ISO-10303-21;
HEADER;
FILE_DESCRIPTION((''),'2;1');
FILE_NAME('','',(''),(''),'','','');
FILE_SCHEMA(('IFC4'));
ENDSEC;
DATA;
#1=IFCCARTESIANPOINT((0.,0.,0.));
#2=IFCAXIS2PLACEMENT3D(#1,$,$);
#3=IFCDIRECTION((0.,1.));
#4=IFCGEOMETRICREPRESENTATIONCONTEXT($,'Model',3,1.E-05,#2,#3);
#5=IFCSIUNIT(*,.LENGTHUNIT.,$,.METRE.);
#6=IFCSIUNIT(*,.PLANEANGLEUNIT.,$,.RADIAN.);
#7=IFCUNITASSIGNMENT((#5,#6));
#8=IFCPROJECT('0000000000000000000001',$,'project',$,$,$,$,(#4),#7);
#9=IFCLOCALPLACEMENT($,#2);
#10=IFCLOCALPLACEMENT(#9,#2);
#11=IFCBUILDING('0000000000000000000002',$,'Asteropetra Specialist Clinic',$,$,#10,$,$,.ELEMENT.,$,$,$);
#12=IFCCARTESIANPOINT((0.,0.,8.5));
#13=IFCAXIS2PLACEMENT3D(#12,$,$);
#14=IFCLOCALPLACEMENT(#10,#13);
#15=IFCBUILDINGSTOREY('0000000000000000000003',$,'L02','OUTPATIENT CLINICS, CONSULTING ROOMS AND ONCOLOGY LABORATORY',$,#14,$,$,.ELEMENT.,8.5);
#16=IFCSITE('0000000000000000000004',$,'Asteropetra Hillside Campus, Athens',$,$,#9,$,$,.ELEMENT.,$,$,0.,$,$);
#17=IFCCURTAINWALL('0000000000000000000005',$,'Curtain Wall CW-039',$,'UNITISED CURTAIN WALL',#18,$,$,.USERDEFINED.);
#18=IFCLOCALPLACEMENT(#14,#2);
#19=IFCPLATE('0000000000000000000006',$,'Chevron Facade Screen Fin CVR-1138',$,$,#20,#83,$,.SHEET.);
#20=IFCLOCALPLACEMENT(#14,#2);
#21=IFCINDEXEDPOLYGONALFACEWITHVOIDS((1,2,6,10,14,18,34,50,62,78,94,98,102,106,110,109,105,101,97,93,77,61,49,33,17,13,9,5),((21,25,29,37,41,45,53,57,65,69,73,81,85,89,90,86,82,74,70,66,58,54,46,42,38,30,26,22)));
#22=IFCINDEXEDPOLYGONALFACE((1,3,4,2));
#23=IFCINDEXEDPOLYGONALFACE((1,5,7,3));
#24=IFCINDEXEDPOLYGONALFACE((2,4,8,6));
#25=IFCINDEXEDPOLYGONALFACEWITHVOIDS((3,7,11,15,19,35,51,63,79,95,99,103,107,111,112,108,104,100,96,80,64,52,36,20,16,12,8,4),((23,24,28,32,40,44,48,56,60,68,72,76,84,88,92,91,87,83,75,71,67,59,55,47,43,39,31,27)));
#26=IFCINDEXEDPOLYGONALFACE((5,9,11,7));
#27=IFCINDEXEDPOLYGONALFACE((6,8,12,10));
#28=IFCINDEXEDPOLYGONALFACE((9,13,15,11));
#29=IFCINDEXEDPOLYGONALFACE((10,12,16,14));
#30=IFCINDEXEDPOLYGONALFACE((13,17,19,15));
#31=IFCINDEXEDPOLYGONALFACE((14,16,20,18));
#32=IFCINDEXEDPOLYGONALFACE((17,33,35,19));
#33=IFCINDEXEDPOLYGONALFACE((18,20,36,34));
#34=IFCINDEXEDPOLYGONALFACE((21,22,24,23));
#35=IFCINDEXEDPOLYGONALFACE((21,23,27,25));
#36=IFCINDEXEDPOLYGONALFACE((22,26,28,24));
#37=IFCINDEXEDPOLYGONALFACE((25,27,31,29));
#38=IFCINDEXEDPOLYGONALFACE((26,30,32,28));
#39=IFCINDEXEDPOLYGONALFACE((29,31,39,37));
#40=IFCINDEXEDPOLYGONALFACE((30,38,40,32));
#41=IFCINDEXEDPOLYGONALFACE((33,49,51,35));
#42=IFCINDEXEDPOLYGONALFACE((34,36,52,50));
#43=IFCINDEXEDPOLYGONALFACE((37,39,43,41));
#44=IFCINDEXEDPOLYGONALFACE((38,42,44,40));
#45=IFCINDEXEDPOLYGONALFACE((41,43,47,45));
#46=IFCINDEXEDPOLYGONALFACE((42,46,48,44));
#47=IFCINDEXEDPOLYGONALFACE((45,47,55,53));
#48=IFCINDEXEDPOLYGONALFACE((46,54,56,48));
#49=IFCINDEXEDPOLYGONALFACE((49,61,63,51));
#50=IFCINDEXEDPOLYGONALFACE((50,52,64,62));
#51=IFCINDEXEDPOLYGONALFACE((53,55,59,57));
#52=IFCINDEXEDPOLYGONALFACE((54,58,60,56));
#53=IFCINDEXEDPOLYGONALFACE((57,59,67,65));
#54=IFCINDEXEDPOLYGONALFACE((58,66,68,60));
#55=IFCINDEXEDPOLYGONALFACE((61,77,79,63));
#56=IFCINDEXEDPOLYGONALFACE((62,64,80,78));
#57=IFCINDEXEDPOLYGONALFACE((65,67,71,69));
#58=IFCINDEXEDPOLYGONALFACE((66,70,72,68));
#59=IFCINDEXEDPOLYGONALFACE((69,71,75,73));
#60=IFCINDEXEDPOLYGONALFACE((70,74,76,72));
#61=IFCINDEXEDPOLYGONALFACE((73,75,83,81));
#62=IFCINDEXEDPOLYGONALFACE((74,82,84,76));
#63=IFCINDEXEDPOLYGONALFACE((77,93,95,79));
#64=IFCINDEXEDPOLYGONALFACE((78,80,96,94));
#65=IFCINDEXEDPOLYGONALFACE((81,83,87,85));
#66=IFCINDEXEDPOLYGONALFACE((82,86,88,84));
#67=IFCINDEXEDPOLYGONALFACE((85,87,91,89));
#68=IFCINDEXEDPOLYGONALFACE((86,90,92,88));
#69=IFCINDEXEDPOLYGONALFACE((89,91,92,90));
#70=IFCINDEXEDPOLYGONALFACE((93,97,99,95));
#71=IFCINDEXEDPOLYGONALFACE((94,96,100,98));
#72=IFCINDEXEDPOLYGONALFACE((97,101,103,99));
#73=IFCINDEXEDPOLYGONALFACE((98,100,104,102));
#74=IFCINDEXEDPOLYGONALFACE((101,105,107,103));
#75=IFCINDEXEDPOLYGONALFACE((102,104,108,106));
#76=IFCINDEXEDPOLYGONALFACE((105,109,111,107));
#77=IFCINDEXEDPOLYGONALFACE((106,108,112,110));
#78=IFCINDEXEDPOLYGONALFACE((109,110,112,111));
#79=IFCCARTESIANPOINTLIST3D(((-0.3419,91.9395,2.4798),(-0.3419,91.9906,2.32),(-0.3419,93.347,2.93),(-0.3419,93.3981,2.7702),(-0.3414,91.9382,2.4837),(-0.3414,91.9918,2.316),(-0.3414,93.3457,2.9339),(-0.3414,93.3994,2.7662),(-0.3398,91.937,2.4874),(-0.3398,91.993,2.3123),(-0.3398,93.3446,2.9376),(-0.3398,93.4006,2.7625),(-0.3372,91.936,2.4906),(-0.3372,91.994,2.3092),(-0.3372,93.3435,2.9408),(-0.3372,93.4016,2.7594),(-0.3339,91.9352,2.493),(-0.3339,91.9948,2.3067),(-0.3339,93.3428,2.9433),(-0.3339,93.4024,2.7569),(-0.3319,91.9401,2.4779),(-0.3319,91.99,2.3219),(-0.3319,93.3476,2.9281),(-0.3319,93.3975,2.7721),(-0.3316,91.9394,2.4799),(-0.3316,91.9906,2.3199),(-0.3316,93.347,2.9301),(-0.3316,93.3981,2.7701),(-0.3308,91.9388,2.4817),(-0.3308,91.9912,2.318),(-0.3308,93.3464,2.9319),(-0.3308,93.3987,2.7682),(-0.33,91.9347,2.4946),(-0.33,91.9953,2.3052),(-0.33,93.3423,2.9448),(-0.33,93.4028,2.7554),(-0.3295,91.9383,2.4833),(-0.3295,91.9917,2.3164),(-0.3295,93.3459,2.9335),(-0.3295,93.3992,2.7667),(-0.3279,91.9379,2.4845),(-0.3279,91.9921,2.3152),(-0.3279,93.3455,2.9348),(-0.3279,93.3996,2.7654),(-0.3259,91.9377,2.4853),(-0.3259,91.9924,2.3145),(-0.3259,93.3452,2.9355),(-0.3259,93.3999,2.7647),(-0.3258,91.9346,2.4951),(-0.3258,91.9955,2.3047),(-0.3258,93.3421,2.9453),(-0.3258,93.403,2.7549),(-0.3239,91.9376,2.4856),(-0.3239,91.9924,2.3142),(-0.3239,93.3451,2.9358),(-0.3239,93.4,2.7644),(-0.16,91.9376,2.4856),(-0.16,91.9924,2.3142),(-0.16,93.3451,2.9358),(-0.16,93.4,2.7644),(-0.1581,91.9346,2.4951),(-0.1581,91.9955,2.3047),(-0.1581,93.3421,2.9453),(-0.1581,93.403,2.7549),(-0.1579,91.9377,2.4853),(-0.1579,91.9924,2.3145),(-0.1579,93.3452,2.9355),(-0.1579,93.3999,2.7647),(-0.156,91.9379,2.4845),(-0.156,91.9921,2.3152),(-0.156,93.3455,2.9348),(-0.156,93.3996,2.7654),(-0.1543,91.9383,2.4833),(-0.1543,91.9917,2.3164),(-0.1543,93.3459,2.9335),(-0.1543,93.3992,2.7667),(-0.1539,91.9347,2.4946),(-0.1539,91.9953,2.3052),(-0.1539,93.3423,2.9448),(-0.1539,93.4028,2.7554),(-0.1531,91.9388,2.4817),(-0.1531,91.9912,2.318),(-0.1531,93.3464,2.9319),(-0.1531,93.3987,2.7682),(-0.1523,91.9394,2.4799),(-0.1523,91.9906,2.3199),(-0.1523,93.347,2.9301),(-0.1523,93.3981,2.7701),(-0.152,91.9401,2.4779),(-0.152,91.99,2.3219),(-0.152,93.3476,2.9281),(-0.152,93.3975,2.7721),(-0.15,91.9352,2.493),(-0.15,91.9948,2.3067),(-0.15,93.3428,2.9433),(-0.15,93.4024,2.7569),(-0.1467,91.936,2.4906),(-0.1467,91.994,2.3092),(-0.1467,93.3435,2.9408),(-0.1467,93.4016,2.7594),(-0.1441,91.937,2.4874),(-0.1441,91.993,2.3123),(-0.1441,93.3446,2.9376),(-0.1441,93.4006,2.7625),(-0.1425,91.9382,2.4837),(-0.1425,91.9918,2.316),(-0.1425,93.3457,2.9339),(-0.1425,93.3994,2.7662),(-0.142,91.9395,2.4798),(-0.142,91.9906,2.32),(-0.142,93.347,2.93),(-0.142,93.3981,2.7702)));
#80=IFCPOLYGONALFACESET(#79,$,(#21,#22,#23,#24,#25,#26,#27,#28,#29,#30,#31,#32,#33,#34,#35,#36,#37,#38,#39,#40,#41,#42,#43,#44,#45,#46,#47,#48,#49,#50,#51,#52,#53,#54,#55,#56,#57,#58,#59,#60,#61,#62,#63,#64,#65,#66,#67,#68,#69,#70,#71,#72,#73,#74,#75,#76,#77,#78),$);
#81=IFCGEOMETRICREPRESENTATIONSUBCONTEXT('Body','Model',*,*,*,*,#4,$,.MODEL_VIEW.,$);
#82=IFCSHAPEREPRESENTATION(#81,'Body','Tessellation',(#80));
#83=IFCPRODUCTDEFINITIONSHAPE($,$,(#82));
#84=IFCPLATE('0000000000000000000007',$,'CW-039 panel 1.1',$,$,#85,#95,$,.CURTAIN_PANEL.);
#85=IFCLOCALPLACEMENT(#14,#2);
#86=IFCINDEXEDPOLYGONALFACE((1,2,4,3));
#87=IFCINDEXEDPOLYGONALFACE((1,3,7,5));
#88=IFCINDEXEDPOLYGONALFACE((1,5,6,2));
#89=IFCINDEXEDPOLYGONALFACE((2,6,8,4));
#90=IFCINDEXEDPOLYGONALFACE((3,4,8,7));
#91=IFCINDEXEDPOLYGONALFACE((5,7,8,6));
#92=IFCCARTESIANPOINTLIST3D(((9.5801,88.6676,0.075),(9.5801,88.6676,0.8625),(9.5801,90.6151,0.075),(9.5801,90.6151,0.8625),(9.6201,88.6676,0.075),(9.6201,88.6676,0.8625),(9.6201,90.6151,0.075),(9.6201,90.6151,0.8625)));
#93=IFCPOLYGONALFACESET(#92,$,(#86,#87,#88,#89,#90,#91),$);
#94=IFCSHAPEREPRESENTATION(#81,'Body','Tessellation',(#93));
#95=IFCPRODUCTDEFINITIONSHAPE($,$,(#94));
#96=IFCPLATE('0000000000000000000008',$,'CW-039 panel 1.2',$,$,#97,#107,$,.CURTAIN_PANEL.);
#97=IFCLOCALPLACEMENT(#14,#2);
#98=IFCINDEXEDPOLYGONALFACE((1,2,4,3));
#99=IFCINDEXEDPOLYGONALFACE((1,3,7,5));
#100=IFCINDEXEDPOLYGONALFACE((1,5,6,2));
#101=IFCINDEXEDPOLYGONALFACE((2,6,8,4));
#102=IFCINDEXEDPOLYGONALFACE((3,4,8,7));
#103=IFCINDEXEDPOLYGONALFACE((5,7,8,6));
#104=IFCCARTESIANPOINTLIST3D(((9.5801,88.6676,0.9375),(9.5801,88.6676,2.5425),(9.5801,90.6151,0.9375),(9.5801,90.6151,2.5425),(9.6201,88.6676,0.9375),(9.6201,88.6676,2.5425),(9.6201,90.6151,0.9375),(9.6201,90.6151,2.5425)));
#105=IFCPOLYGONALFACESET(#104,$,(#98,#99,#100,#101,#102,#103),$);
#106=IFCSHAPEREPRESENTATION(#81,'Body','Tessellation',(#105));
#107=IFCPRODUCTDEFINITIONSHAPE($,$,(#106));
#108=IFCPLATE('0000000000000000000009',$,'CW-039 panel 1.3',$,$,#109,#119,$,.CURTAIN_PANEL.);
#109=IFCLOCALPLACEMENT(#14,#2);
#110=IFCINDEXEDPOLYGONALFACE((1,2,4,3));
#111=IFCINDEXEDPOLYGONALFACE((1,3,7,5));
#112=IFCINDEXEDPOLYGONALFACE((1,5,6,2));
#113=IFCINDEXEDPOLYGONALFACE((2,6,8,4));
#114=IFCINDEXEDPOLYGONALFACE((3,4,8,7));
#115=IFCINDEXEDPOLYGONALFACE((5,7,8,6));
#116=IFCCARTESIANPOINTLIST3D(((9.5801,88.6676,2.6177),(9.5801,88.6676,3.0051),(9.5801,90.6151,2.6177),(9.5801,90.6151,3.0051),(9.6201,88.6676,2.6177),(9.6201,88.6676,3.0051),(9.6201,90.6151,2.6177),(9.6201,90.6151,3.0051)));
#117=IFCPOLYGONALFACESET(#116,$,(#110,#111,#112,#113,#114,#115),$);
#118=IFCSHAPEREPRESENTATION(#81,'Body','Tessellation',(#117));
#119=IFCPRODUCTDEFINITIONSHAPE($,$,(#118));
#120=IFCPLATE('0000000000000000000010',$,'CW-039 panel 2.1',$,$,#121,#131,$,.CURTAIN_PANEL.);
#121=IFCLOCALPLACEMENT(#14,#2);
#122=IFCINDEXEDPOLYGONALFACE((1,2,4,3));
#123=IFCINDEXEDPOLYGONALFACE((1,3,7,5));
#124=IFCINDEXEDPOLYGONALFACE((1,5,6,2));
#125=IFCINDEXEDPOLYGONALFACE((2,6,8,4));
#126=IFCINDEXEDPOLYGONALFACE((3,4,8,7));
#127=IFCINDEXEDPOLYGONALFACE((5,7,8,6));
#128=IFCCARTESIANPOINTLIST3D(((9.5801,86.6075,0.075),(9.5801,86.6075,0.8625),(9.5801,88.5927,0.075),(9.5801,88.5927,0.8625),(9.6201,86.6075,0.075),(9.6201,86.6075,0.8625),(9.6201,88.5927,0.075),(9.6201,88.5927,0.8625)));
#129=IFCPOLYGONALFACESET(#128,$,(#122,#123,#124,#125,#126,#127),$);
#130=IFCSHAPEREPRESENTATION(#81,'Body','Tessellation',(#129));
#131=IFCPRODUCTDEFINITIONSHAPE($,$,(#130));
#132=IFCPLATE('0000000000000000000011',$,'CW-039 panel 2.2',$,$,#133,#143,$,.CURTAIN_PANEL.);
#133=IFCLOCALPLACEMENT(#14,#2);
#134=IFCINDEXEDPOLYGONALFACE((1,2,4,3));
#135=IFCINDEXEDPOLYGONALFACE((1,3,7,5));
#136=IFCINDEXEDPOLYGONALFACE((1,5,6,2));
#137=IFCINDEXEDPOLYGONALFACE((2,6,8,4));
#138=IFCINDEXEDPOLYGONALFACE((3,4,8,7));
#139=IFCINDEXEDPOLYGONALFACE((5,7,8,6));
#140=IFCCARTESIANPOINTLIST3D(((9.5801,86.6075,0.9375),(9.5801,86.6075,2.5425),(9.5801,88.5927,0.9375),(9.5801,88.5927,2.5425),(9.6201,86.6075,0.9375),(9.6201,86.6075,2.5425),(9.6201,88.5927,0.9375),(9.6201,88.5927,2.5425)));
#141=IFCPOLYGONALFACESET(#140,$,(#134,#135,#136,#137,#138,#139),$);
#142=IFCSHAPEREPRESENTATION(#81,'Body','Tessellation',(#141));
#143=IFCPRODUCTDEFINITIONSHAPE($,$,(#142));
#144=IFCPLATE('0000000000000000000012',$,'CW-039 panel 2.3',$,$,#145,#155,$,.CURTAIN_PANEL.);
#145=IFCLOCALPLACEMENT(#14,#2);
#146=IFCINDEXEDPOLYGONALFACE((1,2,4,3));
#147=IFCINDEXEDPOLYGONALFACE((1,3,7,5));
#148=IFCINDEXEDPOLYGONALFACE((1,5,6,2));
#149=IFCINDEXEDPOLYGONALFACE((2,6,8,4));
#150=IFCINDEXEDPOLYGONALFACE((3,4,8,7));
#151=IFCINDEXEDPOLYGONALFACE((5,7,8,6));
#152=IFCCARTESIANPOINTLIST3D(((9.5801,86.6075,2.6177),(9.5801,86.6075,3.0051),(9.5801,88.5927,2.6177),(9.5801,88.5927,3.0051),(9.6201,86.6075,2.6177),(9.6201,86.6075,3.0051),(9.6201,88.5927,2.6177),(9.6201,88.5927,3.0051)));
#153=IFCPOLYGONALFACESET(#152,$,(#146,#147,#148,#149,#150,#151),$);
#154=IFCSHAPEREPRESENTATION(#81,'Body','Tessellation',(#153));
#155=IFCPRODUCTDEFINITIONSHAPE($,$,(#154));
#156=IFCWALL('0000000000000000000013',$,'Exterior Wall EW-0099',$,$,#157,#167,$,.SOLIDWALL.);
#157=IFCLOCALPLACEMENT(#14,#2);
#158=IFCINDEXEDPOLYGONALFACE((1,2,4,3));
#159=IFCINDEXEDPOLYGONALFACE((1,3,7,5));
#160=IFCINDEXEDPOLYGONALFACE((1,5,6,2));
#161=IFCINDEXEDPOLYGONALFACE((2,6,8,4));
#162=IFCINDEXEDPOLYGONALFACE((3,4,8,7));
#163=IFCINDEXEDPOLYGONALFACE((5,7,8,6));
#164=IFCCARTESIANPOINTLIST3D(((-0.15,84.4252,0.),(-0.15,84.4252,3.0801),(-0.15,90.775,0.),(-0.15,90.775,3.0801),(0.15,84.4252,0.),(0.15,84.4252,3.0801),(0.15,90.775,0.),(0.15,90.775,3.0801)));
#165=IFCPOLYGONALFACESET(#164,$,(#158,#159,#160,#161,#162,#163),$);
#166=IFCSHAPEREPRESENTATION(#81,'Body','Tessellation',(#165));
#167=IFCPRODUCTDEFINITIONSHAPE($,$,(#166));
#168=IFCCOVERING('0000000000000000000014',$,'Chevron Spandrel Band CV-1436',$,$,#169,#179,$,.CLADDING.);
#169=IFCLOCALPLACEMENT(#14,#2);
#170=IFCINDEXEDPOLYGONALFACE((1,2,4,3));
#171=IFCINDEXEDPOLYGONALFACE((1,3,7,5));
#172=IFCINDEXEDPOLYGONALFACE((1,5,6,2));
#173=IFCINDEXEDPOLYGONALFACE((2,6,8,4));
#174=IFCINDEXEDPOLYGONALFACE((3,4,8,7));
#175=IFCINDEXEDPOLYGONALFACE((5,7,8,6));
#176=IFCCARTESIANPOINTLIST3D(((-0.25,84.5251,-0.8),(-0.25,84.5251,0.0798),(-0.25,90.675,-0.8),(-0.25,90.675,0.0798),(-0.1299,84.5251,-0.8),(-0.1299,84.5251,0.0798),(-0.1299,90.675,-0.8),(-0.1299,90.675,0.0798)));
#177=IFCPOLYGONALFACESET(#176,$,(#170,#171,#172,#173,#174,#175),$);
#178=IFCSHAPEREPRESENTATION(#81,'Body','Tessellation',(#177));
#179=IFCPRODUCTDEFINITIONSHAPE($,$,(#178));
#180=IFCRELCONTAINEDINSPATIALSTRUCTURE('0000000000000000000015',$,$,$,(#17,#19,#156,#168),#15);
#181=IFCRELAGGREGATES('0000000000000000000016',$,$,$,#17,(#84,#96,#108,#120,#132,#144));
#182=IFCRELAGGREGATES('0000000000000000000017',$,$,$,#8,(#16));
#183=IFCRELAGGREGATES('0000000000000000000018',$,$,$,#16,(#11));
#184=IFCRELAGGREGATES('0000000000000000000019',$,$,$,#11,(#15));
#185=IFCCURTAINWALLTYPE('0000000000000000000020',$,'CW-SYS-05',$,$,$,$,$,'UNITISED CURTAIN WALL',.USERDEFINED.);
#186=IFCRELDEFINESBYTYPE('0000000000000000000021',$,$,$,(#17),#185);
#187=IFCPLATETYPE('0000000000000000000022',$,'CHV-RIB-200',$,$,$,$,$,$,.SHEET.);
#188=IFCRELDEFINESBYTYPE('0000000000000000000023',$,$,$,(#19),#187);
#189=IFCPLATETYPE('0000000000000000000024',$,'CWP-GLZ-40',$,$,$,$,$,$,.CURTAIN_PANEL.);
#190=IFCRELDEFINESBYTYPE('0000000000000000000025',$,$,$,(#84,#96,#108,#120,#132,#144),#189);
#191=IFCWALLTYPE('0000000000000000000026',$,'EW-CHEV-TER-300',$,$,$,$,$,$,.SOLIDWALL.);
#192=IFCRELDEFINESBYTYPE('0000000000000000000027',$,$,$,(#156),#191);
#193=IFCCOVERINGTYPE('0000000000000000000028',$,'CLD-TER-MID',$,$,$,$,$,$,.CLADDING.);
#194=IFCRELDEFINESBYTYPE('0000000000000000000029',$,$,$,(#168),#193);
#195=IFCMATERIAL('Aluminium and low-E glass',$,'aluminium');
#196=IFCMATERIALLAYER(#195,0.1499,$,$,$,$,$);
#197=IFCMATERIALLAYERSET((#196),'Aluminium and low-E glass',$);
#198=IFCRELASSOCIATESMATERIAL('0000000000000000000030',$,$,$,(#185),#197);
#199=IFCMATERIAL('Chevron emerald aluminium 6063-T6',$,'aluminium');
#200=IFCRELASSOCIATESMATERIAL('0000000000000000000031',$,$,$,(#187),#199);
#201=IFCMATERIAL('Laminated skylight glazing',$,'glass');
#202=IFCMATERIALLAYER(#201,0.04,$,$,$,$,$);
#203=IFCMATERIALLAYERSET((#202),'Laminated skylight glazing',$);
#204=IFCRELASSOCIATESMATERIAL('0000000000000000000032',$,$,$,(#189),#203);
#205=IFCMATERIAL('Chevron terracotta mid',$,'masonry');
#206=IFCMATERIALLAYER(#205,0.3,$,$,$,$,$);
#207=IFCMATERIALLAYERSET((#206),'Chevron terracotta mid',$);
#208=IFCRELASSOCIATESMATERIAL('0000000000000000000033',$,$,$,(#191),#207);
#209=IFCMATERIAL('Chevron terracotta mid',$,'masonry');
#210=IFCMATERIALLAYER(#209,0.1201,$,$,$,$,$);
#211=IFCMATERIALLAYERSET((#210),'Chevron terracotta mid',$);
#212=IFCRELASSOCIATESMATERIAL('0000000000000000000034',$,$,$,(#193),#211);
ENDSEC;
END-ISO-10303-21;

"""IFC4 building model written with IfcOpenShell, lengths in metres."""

from ifc_helpers import new_model, si_unit, direction, frame, frame_2d, origin, origin_2d, place, context, subcontext, project, spatial, rectangle, hollow_rectangle, extrude, material, layer, layer_set, material_profile, profile_set, type_object, element, aggregate, save


model = new_model("IFC4")

# Units and contexts
model_context = context("Model", 3, precision=1e-05, world=origin(), true_north=direction((0.0, 1.0)))
body_context = subcontext(model_context, "Body", "Model", "MODEL_VIEW")
ifc_project = project(units=[si_unit("LENGTHUNIT", "METRE"), si_unit("PLANEANGLEUNIT", "RADIAN")], contexts=[model_context])

# Site, building, storey
site_placement = place(None, origin())
site = spatial("IfcSite", under=ifc_project, at=site_placement, Name="Asteropetra Hillside Campus, Athens", CompositionType="ELEMENT", RefElevation=0.0)
building_placement = place(site_placement, origin())
building = spatial("IfcBuilding", under=site, at=building_placement, Name="Asteropetra Specialist Clinic", CompositionType="ELEMENT")
storey_placement = place(building_placement, frame((0.0, 0.0, 8.5)))
storey = spatial("IfcBuildingStorey", under=building, at=storey_placement, Name="L02", Description="OUTPATIENT CLINICS, CONSULTING ROOMS AND ONCOLOGY LABORATORY", CompositionType="ELEMENT", Elevation=8.5)

# Curtain wall
ifc_material_1 = material(Name="Aluminium and low-E glass", Category="aluminium")
ifc_layer_1 = layer(ifc_material_1, 0.1499)
ifc_layer_set_1 = layer_set([ifc_layer_1], Name="Aluminium and low-E glass")
curtain_wall_type = type_object("IfcCurtainWallType", Name="CW-SYS-05", ElementType="UNITISED CURTAIN WALL", PredefinedType="USERDEFINED", material=ifc_layer_set_1)
curtain_wall_placement = place(storey_placement, origin())
curtain_wall = element("IfcCurtainWall", 1, at=curtain_wall_placement, inside=storey, type_object=curtain_wall_type, Name="Curtain Wall CW-039", ObjectType="UNITISED CURTAIN WALL", PredefinedType="USERDEFINED")

# Plate
ifc_material_2 = material(Name="Chevron emerald aluminium 6063-T6", Category="aluminium")
ifc_material_profile_1 = material_profile(ifc_material_2, hollow_rectangle(XDim=0.2, YDim=0.2, WallThickness=0.01, InnerFilletRadius=0.0081, OuterFilletRadius=0.0161, at=origin_2d()), Name="SHS 200x200x10.0")
ifc_profile_set_1 = profile_set([ifc_material_profile_1], Name="Chevron emerald aluminium 6063-T6")
plate_type_1 = type_object("IfcPlateType", Name="CHV-RIB-200", PredefinedType="SHEET", material=ifc_profile_set_1)
plate_1_placement = place(storey_placement, frame((-0.2419, 93.3726, 2.8501), z_axis=(0.0, -0.952463, -0.304656), x_axis=(1.0, 0.0, 0.0)))
element("IfcPlate", 2, at=plate_1_placement, inside=storey, type_object=plate_type_1, Name="Chevron Facade Screen Fin CVR-1138", PredefinedType="SHEET", context=body_context, shape_type="SweptSolid", body=[
    extrude(hollow_rectangle(XDim=0.2, YDim=0.2, WallThickness=0.01, InnerFilletRadius=0.0081, OuterFilletRadius=0.0161, at=origin_2d()), origin(), (0.0, 0.0, 1.0), 1.4778),
])

# Plates
ifc_material_3 = material(Name="Laminated skylight glazing", Category="glass")
ifc_layer_2 = layer(ifc_material_3, 0.04)
ifc_layer_set_2 = layer_set([ifc_layer_2], Name="Laminated skylight glazing")
plate_type_2 = type_object("IfcPlateType", Name="CWP-GLZ-40", PredefinedType="CURTAIN_PANEL", material=ifc_layer_set_2)
plate_2_placement = place(storey_placement, frame((9.6001, 89.6414, 0.075), z_axis=(0.0, 0.0, 1.0), x_axis=(0.0, -1.0, 0.0)))
plate_2 = element("IfcPlate", 3, at=plate_2_placement, type_object=plate_type_2, Name="CW-039 panel 1.1", PredefinedType="CURTAIN_PANEL", context=body_context, shape_type="SweptSolid", body=[
    extrude(rectangle(XDim=1.9475, YDim=0.04, at=origin_2d()), origin(), (0.0, 0.0, 1.0), 0.7876),
])
plate_3_placement = place(storey_placement, frame((9.6001, 89.6414, 0.9375), z_axis=(0.0, 0.0, 1.0), x_axis=(0.0, -1.0, 0.0)))
plate_3 = element("IfcPlate", 4, at=plate_3_placement, type_object=plate_type_2, Name="CW-039 panel 1.2", PredefinedType="CURTAIN_PANEL", context=body_context, shape_type="SweptSolid", body=[
    extrude(rectangle(XDim=1.9475, YDim=0.04, at=origin_2d()), origin(), (0.0, 0.0, 1.0), 1.605),
])
plate_4_placement = place(storey_placement, frame((9.6001, 89.6414, 2.6177), z_axis=(0.0, 0.0, 1.0), x_axis=(0.0, -1.0, 0.0)))
plate_4 = element("IfcPlate", 5, at=plate_4_placement, type_object=plate_type_2, Name="CW-039 panel 1.3", PredefinedType="CURTAIN_PANEL", context=body_context, shape_type="SweptSolid", body=[
    extrude(rectangle(XDim=1.9475, YDim=0.04, at=origin_2d()), origin(), (0.0, 0.0, 1.0), 0.3875),
])
plate_5_placement = place(storey_placement, frame((9.6001, 87.6001, 0.075), z_axis=(0.0, 0.0, 1.0), x_axis=(0.0, -1.0, 0.0)))
plate_5 = element("IfcPlate", 6, at=plate_5_placement, type_object=plate_type_2, Name="CW-039 panel 2.1", PredefinedType="CURTAIN_PANEL", context=body_context, shape_type="SweptSolid", body=[
    extrude(rectangle(XDim=1.9851, YDim=0.04, at=origin_2d()), origin(), (0.0, 0.0, 1.0), 0.7876),
])
plate_6_placement = place(storey_placement, frame((9.6001, 87.6001, 0.9375), z_axis=(0.0, 0.0, 1.0), x_axis=(0.0, -1.0, 0.0)))
plate_6 = element("IfcPlate", 7, at=plate_6_placement, type_object=plate_type_2, Name="CW-039 panel 2.2", PredefinedType="CURTAIN_PANEL", context=body_context, shape_type="SweptSolid", body=[
    extrude(rectangle(XDim=1.9851, YDim=0.04, at=origin_2d()), origin(), (0.0, 0.0, 1.0), 1.605),
])
plate_7_placement = place(storey_placement, frame((9.6001, 87.6001, 2.6177), z_axis=(0.0, 0.0, 1.0), x_axis=(0.0, -1.0, 0.0)))
plate_7 = element("IfcPlate", 8, at=plate_7_placement, type_object=plate_type_2, Name="CW-039 panel 2.3", PredefinedType="CURTAIN_PANEL", context=body_context, shape_type="SweptSolid", body=[
    extrude(rectangle(XDim=1.9851, YDim=0.04, at=origin_2d()), origin(), (0.0, 0.0, 1.0), 0.3875),
])
aggregate(curtain_wall, [plate_2, plate_3, plate_4, plate_5, plate_6, plate_7])

# Wall
ifc_material_4 = material(Name="Chevron terracotta mid", Category="masonry")
ifc_layer_3 = layer(ifc_material_4, 0.3)
ifc_layer_set_3 = layer_set([ifc_layer_3], Name="Chevron terracotta mid")
wall_type = type_object("IfcWallType", Name="EW-CHEV-TER-300", PredefinedType="SOLIDWALL", material=ifc_layer_set_3)
wall_placement = place(storey_placement, frame((0.0, 90.7749, 0.0), z_axis=(0.0, 0.0, 1.0), x_axis=(0.0, -1.0, 0.0)))
element("IfcWall", 9, at=wall_placement, inside=storey, type_object=wall_type, Name="Exterior Wall EW-0099", PredefinedType="SOLIDWALL", context=body_context, shape_type="SweptSolid", body=[
    extrude(rectangle(XDim=6.3499, YDim=0.3, at=frame_2d((3.1748, 0.0))), origin(), (0.0, 0.0, 1.0), 3.0801),
])

# Covering
ifc_material_5 = material(Name="Chevron terracotta mid", Category="masonry")
ifc_layer_4 = layer(ifc_material_5, 0.1201)
ifc_layer_set_4 = layer_set([ifc_layer_4], Name="Chevron terracotta mid")
covering_type = type_object("IfcCoveringType", Name="CLD-TER-MID", PredefinedType="CLADDING", material=ifc_layer_set_4)
covering_placement = place(storey_placement, frame((-0.1899, 87.6001, -0.8), z_axis=(0.0, 0.0, 1.0), x_axis=(1.0, 0.0, 0.0)))
element("IfcCovering", 10, at=covering_placement, inside=storey, type_object=covering_type, Name="Chevron Spandrel Band CV-1436", PredefinedType="CLADDING", context=body_context, shape_type="SweptSolid", body=[
    extrude(rectangle(XDim=0.1201, YDim=6.1499, at=origin_2d()), origin(), (0.0, 0.0, 1.0), 0.8799),
])

save(model, "model.ifc")
